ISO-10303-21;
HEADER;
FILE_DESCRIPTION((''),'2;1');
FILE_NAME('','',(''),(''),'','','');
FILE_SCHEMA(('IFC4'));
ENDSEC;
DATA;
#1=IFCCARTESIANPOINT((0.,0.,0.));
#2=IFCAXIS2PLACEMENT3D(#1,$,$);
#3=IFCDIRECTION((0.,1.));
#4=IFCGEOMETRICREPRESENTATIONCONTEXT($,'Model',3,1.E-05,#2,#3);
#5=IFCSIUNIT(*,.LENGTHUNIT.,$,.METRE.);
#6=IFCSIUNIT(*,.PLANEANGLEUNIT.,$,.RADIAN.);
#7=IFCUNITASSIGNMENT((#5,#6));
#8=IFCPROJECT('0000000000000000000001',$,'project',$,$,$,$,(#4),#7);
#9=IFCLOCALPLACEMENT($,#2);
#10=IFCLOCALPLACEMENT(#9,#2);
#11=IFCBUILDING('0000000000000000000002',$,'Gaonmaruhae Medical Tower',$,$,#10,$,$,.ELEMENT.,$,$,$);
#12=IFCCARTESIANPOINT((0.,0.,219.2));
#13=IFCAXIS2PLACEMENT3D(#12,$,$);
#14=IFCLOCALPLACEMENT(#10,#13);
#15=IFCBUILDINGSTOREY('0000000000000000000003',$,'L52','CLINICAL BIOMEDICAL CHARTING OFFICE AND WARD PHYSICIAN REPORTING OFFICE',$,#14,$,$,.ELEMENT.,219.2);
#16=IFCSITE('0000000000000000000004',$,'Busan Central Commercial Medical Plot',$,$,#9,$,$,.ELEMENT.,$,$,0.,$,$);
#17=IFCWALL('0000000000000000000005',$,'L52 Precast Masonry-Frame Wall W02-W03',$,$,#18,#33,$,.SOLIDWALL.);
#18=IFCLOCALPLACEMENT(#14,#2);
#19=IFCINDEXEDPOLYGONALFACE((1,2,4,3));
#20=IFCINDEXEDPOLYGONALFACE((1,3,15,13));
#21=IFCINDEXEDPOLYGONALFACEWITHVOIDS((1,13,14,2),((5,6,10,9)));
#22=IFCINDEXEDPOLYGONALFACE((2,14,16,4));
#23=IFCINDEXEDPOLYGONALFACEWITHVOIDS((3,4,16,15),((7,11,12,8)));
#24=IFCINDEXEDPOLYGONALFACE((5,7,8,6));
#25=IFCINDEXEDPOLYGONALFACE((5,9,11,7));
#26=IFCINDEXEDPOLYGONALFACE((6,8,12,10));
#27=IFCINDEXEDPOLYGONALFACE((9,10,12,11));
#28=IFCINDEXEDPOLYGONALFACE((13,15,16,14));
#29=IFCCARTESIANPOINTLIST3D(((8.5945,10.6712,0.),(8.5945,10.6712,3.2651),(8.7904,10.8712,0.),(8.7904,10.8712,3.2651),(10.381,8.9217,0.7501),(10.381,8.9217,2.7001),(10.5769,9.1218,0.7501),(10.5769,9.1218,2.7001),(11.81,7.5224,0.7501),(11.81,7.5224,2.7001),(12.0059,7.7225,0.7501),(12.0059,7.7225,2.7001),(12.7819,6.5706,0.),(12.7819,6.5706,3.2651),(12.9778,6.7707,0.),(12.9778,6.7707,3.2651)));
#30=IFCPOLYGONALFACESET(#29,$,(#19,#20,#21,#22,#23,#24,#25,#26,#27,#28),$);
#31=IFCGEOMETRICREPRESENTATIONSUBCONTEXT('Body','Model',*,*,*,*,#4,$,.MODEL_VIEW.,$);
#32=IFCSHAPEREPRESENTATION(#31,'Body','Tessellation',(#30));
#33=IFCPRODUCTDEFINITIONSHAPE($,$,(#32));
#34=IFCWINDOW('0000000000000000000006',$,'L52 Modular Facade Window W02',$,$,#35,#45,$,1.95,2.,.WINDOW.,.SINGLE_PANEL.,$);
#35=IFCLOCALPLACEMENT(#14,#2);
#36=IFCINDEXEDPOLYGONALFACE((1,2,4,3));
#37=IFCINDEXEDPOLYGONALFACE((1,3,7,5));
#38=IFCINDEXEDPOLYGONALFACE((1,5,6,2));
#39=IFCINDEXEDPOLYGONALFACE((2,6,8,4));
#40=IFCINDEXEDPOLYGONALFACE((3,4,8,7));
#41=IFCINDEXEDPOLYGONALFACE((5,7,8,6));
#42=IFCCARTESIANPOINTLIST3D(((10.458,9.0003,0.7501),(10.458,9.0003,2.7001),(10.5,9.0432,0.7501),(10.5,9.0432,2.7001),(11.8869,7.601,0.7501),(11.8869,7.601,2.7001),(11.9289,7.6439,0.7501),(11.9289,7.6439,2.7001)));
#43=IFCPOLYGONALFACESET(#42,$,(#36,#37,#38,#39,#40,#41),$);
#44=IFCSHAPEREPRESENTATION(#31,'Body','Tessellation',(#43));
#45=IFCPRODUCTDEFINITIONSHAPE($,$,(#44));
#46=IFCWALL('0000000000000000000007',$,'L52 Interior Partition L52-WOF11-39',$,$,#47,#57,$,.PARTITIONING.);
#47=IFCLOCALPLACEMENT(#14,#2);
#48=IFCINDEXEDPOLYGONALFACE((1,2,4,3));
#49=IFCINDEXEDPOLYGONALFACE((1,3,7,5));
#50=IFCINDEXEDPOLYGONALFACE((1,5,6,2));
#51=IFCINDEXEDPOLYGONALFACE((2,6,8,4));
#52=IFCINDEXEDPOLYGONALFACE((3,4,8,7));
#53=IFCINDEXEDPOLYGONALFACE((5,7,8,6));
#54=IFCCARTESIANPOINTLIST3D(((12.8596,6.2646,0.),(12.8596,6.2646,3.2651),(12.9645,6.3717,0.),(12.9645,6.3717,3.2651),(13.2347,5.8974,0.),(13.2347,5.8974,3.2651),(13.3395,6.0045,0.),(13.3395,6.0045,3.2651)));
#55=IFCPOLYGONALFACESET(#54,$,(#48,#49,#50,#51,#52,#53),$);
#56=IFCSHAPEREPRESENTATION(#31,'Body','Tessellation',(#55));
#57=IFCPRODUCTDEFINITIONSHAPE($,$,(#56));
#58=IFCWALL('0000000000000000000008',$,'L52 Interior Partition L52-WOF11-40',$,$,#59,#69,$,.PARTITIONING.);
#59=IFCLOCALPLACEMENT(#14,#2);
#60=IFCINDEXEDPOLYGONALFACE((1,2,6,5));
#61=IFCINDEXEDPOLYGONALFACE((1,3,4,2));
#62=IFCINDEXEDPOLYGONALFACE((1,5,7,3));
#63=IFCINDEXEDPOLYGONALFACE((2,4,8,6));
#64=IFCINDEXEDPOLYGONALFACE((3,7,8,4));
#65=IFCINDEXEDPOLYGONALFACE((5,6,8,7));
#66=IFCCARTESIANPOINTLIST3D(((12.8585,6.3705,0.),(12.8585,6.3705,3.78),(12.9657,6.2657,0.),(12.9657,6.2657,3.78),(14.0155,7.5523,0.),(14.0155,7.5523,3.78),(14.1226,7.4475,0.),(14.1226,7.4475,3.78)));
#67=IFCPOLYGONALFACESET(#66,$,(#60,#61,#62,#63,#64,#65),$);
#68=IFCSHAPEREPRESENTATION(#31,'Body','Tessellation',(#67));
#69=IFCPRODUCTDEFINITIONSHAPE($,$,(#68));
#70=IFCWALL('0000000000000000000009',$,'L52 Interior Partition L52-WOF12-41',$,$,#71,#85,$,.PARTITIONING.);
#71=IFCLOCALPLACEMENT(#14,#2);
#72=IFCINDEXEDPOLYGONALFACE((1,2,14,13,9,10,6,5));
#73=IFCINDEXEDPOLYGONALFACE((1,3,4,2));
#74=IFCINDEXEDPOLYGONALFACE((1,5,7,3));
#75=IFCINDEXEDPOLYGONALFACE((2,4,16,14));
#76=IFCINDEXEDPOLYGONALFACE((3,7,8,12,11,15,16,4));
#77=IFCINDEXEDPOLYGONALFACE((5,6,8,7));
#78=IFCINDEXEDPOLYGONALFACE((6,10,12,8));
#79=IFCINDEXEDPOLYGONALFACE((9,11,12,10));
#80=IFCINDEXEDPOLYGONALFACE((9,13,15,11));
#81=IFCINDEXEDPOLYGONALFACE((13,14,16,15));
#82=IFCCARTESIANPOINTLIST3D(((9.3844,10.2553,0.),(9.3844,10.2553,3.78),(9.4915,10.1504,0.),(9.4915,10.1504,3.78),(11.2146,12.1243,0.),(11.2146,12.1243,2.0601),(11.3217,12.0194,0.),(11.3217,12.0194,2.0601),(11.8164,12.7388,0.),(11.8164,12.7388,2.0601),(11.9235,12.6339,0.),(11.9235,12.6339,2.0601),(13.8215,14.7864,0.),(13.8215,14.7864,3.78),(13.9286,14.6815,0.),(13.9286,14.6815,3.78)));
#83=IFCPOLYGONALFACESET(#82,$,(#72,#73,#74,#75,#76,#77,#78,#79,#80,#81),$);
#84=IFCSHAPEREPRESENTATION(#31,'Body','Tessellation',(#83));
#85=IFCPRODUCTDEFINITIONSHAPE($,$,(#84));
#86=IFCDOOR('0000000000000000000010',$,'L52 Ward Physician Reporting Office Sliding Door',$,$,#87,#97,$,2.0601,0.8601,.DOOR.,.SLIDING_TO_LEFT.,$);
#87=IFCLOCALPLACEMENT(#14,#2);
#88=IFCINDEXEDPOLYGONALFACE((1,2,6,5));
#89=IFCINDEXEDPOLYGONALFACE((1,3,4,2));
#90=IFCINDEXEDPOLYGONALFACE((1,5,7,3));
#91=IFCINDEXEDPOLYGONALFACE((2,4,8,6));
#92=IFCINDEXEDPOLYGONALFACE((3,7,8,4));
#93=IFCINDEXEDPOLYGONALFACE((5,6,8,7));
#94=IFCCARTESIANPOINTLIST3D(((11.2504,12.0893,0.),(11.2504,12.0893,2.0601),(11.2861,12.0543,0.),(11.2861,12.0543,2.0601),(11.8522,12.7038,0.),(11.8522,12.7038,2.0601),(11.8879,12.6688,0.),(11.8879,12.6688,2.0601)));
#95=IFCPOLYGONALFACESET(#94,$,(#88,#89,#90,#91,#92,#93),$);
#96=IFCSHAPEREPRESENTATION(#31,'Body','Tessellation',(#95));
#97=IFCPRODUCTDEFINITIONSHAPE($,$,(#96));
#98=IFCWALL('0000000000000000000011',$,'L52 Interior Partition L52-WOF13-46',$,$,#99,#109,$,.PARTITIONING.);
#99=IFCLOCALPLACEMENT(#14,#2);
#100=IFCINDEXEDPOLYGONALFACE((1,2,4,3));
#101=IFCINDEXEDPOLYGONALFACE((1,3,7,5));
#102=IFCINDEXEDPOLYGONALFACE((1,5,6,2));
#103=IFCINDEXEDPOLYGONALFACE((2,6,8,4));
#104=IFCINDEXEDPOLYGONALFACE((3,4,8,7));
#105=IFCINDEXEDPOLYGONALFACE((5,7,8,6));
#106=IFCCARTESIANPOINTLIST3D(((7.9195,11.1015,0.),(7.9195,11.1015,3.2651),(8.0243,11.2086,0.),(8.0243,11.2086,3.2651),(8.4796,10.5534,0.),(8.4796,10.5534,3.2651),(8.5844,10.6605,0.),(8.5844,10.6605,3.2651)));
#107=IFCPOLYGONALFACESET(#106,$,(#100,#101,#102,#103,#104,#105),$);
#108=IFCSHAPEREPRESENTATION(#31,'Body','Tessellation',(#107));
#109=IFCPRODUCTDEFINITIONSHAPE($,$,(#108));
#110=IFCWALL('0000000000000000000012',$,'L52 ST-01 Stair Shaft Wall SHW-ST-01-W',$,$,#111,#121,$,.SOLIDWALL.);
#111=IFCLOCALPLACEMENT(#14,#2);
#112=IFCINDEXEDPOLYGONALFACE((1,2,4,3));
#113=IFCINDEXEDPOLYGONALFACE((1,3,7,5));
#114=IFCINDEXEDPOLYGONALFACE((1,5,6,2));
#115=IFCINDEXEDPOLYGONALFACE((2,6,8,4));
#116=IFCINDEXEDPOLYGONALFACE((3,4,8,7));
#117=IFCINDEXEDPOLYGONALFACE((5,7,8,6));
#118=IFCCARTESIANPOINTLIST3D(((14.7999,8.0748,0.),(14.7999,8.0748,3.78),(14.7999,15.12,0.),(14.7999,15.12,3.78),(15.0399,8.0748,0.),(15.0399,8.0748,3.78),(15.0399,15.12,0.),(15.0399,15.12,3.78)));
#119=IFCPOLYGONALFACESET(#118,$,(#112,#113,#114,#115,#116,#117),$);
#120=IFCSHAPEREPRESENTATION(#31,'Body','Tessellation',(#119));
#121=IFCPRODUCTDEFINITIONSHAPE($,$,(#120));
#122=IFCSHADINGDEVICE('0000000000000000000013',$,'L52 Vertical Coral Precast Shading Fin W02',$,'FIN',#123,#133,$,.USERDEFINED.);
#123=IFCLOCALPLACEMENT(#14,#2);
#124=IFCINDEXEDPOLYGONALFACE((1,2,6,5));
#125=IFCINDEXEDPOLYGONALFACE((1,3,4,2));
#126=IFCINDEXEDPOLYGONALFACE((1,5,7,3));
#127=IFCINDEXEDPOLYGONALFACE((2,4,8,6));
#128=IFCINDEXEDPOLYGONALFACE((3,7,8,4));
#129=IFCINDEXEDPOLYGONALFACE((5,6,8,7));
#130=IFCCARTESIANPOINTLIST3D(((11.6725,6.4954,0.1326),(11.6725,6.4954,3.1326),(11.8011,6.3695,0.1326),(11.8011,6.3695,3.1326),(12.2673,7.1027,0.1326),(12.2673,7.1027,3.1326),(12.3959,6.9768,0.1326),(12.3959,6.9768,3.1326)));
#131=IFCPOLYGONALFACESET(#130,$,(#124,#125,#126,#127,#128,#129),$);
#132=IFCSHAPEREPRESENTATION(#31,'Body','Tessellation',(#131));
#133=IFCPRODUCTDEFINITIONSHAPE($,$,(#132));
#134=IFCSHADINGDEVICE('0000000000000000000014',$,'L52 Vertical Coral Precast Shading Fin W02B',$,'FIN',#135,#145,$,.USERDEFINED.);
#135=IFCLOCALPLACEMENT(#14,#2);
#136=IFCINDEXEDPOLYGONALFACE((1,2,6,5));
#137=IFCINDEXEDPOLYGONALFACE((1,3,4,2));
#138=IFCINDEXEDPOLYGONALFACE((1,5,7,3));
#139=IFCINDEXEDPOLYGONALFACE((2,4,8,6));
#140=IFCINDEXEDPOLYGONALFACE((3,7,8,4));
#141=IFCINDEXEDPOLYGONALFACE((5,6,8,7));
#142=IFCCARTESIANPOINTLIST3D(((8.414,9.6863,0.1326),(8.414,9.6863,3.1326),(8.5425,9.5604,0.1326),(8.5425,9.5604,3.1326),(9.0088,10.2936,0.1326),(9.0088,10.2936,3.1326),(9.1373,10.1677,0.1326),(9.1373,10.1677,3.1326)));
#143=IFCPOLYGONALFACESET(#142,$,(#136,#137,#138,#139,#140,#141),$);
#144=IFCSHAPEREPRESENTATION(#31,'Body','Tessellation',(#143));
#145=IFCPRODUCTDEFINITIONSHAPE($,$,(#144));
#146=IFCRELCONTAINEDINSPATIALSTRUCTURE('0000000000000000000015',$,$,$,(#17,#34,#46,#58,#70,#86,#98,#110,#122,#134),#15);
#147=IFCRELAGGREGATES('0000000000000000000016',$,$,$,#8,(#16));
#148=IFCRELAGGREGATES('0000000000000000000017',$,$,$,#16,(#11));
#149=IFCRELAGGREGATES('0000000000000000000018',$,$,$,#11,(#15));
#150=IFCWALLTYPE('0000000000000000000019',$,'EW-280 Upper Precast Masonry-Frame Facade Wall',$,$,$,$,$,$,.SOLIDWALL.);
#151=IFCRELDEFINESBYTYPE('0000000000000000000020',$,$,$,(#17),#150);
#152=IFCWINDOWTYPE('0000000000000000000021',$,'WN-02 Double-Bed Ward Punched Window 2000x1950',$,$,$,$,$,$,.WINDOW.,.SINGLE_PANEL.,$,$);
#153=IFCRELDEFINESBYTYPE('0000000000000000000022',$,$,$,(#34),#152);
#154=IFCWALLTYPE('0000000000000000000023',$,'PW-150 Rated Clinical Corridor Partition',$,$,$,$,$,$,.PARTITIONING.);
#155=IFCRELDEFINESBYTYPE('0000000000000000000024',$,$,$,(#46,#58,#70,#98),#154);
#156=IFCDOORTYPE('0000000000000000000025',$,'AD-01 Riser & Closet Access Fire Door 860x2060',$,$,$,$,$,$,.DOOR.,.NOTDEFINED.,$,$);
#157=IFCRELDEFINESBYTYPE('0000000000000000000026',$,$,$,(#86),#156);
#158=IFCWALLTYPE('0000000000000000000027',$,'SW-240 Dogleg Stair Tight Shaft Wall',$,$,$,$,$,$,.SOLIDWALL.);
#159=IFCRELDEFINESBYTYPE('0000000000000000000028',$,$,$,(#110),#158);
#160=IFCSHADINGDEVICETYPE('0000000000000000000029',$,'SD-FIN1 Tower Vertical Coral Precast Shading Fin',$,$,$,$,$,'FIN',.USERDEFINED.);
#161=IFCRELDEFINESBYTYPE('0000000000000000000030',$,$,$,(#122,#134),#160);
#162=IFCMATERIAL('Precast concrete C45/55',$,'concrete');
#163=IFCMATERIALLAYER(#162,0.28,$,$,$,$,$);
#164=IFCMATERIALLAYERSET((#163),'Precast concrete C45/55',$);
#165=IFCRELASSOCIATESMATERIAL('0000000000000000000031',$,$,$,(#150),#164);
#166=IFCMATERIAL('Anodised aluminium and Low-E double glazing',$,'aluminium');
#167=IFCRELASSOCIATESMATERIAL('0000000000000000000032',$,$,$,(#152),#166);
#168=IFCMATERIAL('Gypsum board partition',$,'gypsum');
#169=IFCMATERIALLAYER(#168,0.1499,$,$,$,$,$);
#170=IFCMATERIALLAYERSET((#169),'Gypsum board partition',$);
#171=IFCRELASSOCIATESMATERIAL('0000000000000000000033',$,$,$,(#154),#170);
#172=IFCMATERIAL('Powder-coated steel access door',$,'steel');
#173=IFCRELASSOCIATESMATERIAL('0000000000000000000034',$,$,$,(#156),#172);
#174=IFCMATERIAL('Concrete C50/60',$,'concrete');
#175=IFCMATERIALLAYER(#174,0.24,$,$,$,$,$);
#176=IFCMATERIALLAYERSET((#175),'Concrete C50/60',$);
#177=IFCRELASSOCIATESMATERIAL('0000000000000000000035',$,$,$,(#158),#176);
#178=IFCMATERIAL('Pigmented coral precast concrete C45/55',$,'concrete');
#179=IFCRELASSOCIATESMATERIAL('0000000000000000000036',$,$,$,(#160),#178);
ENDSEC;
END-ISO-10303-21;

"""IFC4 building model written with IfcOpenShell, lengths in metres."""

from ifc_helpers import new_model, si_unit, direction, frame, frame_2d, origin, origin_2d, place, context, subcontext, project, spatial, rectangle, extrude, material, layer, layer_set, type_object, element, fill, save


model = new_model("IFC4")

# Units and contexts
model_context = context("Model", 3, precision=1e-05, world=origin(), true_north=direction((0.0, 1.0)))
body_context = subcontext(model_context, "Body", "Model", "MODEL_VIEW")
ifc_project = project(units=[si_unit("LENGTHUNIT", "METRE"), si_unit("PLANEANGLEUNIT", "RADIAN")], contexts=[model_context])

# Site, building, storey
site_placement = place(None, origin())
site = spatial("IfcSite", under=ifc_project, at=site_placement, Name="Busan Central Commercial Medical Plot", CompositionType="ELEMENT", RefElevation=0.0)
building_placement = place(site_placement, origin())
building = spatial("IfcBuilding", under=site, at=building_placement, Name="Gaonmaruhae Medical Tower", CompositionType="ELEMENT")
storey_placement = place(building_placement, frame((0.0, 0.0, 219.2)))
storey = spatial("IfcBuildingStorey", under=building, at=storey_placement, Name="L52", Description="CLINICAL BIOMEDICAL CHARTING OFFICE AND WARD PHYSICIAN REPORTING OFFICE", CompositionType="ELEMENT", Elevation=219.2)

# Shared definitions
ifc_material_1 = material(Name="Concrete C50/60", Category="concrete")

# Wall, opening, window
ifc_material_2 = material(Name="Precast concrete C45/55", Category="concrete")
ifc_layer_1 = layer(ifc_material_2, 0.28)
ifc_layer_set_1 = layer_set([ifc_layer_1], Name="Precast concrete C45/55")
wall_type_1 = type_object("IfcWallType", Name="EW-280 Upper Precast Masonry-Frame Facade Wall", PredefinedType="SOLIDWALL", material=ifc_layer_set_1)
wall_1_placement = place(storey_placement, frame((12.8799, 6.6707, 0.0), z_axis=(0.0, 0.0, 1.0), x_axis=(-0.714483, 0.699653, 0.0)))
wall_1 = element("IfcWall", 1, at=wall_1_placement, inside=storey, type_object=wall_type_1, Name="L52 Precast Masonry-Frame Wall W02-W03", PredefinedType="SOLIDWALL", context=body_context, shape_type="SweptSolid", body=[
    extrude(rectangle(XDim=5.8608, YDim=0.28, at=frame_2d((2.9304, 0.0))), origin(), (0.0, 0.0, 1.0), 3.2651),
])
opening_1_placement = place(wall_1_placement, frame((1.3604, 0.0, 0.75)))
opening_1 = element("IfcOpeningElement", 2, at=opening_1_placement, cuts=wall_1, PredefinedType="OPENING", context=body_context, shape_type="SweptSolid", body=[
    extrude(rectangle(XDim=2.0, YDim=1.95, at=frame_2d((1.0, 0.9751))), frame((0.0, 0.1499, 0.0), z_axis=(0.0, -1.0, 0.0), x_axis=(1.0, 0.0, 0.0)), (0.0, 0.0, 1.0), 0.3),
])
ifc_material_3 = material(Name="Anodised aluminium and Low-E double glazing", Category="aluminium")
window_type = type_object("IfcWindowType", Name="WN-02 Double-Bed Ward Punched Window 2000x1950", PartitioningType="SINGLE_PANEL", PredefinedType="WINDOW", material=ifc_material_3)
window_placement = place(opening_1_placement, origin())
window = element("IfcWindow", 3, at=window_placement, inside=storey, type_object=window_type, Name="L52 Modular Facade Window W02", OverallHeight=1.95, OverallWidth=2.0, PartitioningType="SINGLE_PANEL", PredefinedType="WINDOW", context=body_context, shape_type="SweptSolid", body=[
    extrude(rectangle(XDim=2.0, YDim=1.95, at=frame_2d((1.0, 0.9751))), frame((0.0, 0.03, 0.0), z_axis=(0.0, -1.0, 0.0), x_axis=(1.0, 0.0, 0.0)), (0.0, 0.0, 1.0), 0.0601),
])
fill(opening_1, window)

# Walls
ifc_material_4 = material(Name="Gypsum board partition", Category="gypsum")
ifc_layer_2 = layer(ifc_material_4, 0.1499)
ifc_layer_set_2 = layer_set([ifc_layer_2], Name="Gypsum board partition")
wall_type_2 = type_object("IfcWallType", Name="PW-150 Rated Clinical Corridor Partition", PredefinedType="PARTITIONING", material=ifc_layer_set_2)
wall_2_placement = place(storey_placement, frame((13.2871, 5.9509, 0.0), z_axis=(0.0, 0.0, 1.0), x_axis=(-0.71451, 0.699625, 0.0)))
element("IfcWall", 4, at=wall_2_placement, inside=storey, type_object=wall_type_2, Name="L52 Interior Partition L52-WOF11-39", PredefinedType="PARTITIONING", context=body_context, shape_type="SweptSolid", body=[
    extrude(rectangle(XDim=0.5249, YDim=0.1499, at=frame_2d((0.2625, 0.0))), origin(), (0.0, 0.0, 1.0), 3.2651),
])
wall_3_placement = place(storey_placement, frame((12.9121, 6.3181, 0.0), z_axis=(0.0, 0.0, 1.0), x_axis=(0.699538, 0.714595, 0.0)))
element("IfcWall", 5, at=wall_3_placement, inside=storey, type_object=wall_type_2, Name="L52 Interior Partition L52-WOF11-40", PredefinedType="PARTITIONING", context=body_context, shape_type="SweptSolid", body=[
    extrude(rectangle(XDim=1.6538, YDim=0.1499, at=frame_2d((0.8269, 0.0))), origin(), (0.0, 0.0, 1.0), 3.78),
])

# Wall, opening, door
wall_4_placement = place(storey_placement, frame((9.438, 10.2029, 0.0), z_axis=(0.0, 0.0, 1.0), x_axis=(0.699657, 0.714479, 0.0)))
wall_4 = element("IfcWall", 6, at=wall_4_placement, inside=storey, type_object=wall_type_2, Name="L52 Interior Partition L52-WOF12-41", PredefinedType="PARTITIONING", context=body_context, shape_type="SweptSolid", body=[
    extrude(rectangle(XDim=6.3418, YDim=0.1499, at=frame_2d((3.1709, 0.0))), origin(), (0.0, 0.0, 1.0), 3.78),
])
opening_2_placement = place(wall_4_placement, frame((2.6157, 0.0, 0.0)))
opening_2 = element("IfcOpeningElement", 7, at=opening_2_placement, cuts=wall_4, PredefinedType="OPENING", context=body_context, shape_type="SweptSolid", body=[
    extrude(rectangle(XDim=0.8601, YDim=2.0601, at=frame_2d((0.4302, 1.03))), frame((0.0, 0.085, 0.0), z_axis=(0.0, -1.0, 0.0), x_axis=(1.0, 0.0, 0.0)), (0.0, 0.0, 1.0), 0.1699),
])
ifc_material_5 = material(Name="Powder-coated steel access door", Category="steel")
door_type = type_object("IfcDoorType", Name="AD-01 Riser & Closet Access Fire Door 860x2060", OperationType="NOTDEFINED", PredefinedType="DOOR", material=ifc_material_5)
door_placement = place(opening_2_placement, origin())
door = element("IfcDoor", 8, at=door_placement, inside=storey, type_object=door_type, Name="L52 Ward Physician Reporting Office Sliding Door", OperationType="SLIDING_TO_LEFT", OverallHeight=2.0601, OverallWidth=0.8601, PredefinedType="DOOR", context=body_context, shape_type="SweptSolid", body=[
    extrude(rectangle(XDim=0.8601, YDim=2.0601, at=frame_2d((0.4302, 1.03))), frame((0.0, 0.0249, 0.0), z_axis=(0.0, -1.0, 0.0), x_axis=(1.0, 0.0, 0.0)), (0.0, 0.0, 1.0), 0.05),
])
fill(opening_2, door)

# Walls
wall_5_placement = place(storey_placement, frame((8.532, 10.6069, 0.0), z_axis=(0.0, 0.0, 1.0), x_axis=(-0.714699, 0.699433, 0.0)))
element("IfcWall", 9, at=wall_5_placement, inside=storey, type_object=wall_type_2, Name="L52 Interior Partition L52-WOF13-46", PredefinedType="PARTITIONING", context=body_context, shape_type="SweptSolid", body=[
    extrude(rectangle(XDim=0.7837, YDim=0.1499, at=frame_2d((0.3918, 0.0))), origin(), (0.0, 0.0, 1.0), 3.2651),
])
ifc_layer_3 = layer(ifc_material_1, 0.24)
ifc_layer_set_3 = layer_set([ifc_layer_3], Name="Concrete C50/60")
wall_type_3 = type_object("IfcWallType", Name="SW-240 Dogleg Stair Tight Shaft Wall", PredefinedType="SOLIDWALL", material=ifc_layer_set_3)
wall_6_placement = place(storey_placement, frame((14.9199, 8.075, 0.0), z_axis=(0.0, 0.0, 1.0), x_axis=(0.0, 1.0, 0.0)))
element("IfcWall", 10, at=wall_6_placement, inside=storey, type_object=wall_type_3, Name="L52 ST-01 Stair Shaft Wall SHW-ST-01-W", PredefinedType="SOLIDWALL", context=body_context, shape_type="SweptSolid", body=[
    extrude(rectangle(XDim=7.0452, YDim=0.24, at=frame_2d((3.5225, 0.0))), origin(), (0.0, 0.0, 1.0), 3.78),
])

# Shading devices
ifc_material_6 = material(Name="Pigmented coral precast concrete C45/55", Category="concrete")
shading_device_type = type_object("IfcShadingDeviceType", Name="SD-FIN1 Tower Vertical Coral Precast Shading Fin", ElementType="FIN", PredefinedType="USERDEFINED", material=ifc_material_6)
for number, where, z_axis, x_axis, name in (
    (11, (12.0342, 6.7361, 0.1326), (0.0, 0.0, 1.0), (-0.71446, 0.699676, 0.0), "L52 Vertical Coral Precast Shading Fin W02"),
    (12, (8.7756, 9.927, 0.1326), (0.0, 0.0, 1.0), (-0.71446, 0.699676, 0.0), "L52 Vertical Coral Precast Shading Fin W02B"),
):
    element("IfcShadingDevice", number, at=place(storey_placement, frame(where, z_axis=z_axis, x_axis=x_axis)), inside=storey, type_object=shading_device_type, Name=name, ObjectType="FIN", PredefinedType="USERDEFINED", context=body_context, shape_type="SweptSolid", body=[
        extrude(rectangle(XDim=0.1799, YDim=0.8501, at=origin_2d()), origin(), (0.0, 0.0, 1.0), 3.0),
    ])

save(model, "model.ifc")
